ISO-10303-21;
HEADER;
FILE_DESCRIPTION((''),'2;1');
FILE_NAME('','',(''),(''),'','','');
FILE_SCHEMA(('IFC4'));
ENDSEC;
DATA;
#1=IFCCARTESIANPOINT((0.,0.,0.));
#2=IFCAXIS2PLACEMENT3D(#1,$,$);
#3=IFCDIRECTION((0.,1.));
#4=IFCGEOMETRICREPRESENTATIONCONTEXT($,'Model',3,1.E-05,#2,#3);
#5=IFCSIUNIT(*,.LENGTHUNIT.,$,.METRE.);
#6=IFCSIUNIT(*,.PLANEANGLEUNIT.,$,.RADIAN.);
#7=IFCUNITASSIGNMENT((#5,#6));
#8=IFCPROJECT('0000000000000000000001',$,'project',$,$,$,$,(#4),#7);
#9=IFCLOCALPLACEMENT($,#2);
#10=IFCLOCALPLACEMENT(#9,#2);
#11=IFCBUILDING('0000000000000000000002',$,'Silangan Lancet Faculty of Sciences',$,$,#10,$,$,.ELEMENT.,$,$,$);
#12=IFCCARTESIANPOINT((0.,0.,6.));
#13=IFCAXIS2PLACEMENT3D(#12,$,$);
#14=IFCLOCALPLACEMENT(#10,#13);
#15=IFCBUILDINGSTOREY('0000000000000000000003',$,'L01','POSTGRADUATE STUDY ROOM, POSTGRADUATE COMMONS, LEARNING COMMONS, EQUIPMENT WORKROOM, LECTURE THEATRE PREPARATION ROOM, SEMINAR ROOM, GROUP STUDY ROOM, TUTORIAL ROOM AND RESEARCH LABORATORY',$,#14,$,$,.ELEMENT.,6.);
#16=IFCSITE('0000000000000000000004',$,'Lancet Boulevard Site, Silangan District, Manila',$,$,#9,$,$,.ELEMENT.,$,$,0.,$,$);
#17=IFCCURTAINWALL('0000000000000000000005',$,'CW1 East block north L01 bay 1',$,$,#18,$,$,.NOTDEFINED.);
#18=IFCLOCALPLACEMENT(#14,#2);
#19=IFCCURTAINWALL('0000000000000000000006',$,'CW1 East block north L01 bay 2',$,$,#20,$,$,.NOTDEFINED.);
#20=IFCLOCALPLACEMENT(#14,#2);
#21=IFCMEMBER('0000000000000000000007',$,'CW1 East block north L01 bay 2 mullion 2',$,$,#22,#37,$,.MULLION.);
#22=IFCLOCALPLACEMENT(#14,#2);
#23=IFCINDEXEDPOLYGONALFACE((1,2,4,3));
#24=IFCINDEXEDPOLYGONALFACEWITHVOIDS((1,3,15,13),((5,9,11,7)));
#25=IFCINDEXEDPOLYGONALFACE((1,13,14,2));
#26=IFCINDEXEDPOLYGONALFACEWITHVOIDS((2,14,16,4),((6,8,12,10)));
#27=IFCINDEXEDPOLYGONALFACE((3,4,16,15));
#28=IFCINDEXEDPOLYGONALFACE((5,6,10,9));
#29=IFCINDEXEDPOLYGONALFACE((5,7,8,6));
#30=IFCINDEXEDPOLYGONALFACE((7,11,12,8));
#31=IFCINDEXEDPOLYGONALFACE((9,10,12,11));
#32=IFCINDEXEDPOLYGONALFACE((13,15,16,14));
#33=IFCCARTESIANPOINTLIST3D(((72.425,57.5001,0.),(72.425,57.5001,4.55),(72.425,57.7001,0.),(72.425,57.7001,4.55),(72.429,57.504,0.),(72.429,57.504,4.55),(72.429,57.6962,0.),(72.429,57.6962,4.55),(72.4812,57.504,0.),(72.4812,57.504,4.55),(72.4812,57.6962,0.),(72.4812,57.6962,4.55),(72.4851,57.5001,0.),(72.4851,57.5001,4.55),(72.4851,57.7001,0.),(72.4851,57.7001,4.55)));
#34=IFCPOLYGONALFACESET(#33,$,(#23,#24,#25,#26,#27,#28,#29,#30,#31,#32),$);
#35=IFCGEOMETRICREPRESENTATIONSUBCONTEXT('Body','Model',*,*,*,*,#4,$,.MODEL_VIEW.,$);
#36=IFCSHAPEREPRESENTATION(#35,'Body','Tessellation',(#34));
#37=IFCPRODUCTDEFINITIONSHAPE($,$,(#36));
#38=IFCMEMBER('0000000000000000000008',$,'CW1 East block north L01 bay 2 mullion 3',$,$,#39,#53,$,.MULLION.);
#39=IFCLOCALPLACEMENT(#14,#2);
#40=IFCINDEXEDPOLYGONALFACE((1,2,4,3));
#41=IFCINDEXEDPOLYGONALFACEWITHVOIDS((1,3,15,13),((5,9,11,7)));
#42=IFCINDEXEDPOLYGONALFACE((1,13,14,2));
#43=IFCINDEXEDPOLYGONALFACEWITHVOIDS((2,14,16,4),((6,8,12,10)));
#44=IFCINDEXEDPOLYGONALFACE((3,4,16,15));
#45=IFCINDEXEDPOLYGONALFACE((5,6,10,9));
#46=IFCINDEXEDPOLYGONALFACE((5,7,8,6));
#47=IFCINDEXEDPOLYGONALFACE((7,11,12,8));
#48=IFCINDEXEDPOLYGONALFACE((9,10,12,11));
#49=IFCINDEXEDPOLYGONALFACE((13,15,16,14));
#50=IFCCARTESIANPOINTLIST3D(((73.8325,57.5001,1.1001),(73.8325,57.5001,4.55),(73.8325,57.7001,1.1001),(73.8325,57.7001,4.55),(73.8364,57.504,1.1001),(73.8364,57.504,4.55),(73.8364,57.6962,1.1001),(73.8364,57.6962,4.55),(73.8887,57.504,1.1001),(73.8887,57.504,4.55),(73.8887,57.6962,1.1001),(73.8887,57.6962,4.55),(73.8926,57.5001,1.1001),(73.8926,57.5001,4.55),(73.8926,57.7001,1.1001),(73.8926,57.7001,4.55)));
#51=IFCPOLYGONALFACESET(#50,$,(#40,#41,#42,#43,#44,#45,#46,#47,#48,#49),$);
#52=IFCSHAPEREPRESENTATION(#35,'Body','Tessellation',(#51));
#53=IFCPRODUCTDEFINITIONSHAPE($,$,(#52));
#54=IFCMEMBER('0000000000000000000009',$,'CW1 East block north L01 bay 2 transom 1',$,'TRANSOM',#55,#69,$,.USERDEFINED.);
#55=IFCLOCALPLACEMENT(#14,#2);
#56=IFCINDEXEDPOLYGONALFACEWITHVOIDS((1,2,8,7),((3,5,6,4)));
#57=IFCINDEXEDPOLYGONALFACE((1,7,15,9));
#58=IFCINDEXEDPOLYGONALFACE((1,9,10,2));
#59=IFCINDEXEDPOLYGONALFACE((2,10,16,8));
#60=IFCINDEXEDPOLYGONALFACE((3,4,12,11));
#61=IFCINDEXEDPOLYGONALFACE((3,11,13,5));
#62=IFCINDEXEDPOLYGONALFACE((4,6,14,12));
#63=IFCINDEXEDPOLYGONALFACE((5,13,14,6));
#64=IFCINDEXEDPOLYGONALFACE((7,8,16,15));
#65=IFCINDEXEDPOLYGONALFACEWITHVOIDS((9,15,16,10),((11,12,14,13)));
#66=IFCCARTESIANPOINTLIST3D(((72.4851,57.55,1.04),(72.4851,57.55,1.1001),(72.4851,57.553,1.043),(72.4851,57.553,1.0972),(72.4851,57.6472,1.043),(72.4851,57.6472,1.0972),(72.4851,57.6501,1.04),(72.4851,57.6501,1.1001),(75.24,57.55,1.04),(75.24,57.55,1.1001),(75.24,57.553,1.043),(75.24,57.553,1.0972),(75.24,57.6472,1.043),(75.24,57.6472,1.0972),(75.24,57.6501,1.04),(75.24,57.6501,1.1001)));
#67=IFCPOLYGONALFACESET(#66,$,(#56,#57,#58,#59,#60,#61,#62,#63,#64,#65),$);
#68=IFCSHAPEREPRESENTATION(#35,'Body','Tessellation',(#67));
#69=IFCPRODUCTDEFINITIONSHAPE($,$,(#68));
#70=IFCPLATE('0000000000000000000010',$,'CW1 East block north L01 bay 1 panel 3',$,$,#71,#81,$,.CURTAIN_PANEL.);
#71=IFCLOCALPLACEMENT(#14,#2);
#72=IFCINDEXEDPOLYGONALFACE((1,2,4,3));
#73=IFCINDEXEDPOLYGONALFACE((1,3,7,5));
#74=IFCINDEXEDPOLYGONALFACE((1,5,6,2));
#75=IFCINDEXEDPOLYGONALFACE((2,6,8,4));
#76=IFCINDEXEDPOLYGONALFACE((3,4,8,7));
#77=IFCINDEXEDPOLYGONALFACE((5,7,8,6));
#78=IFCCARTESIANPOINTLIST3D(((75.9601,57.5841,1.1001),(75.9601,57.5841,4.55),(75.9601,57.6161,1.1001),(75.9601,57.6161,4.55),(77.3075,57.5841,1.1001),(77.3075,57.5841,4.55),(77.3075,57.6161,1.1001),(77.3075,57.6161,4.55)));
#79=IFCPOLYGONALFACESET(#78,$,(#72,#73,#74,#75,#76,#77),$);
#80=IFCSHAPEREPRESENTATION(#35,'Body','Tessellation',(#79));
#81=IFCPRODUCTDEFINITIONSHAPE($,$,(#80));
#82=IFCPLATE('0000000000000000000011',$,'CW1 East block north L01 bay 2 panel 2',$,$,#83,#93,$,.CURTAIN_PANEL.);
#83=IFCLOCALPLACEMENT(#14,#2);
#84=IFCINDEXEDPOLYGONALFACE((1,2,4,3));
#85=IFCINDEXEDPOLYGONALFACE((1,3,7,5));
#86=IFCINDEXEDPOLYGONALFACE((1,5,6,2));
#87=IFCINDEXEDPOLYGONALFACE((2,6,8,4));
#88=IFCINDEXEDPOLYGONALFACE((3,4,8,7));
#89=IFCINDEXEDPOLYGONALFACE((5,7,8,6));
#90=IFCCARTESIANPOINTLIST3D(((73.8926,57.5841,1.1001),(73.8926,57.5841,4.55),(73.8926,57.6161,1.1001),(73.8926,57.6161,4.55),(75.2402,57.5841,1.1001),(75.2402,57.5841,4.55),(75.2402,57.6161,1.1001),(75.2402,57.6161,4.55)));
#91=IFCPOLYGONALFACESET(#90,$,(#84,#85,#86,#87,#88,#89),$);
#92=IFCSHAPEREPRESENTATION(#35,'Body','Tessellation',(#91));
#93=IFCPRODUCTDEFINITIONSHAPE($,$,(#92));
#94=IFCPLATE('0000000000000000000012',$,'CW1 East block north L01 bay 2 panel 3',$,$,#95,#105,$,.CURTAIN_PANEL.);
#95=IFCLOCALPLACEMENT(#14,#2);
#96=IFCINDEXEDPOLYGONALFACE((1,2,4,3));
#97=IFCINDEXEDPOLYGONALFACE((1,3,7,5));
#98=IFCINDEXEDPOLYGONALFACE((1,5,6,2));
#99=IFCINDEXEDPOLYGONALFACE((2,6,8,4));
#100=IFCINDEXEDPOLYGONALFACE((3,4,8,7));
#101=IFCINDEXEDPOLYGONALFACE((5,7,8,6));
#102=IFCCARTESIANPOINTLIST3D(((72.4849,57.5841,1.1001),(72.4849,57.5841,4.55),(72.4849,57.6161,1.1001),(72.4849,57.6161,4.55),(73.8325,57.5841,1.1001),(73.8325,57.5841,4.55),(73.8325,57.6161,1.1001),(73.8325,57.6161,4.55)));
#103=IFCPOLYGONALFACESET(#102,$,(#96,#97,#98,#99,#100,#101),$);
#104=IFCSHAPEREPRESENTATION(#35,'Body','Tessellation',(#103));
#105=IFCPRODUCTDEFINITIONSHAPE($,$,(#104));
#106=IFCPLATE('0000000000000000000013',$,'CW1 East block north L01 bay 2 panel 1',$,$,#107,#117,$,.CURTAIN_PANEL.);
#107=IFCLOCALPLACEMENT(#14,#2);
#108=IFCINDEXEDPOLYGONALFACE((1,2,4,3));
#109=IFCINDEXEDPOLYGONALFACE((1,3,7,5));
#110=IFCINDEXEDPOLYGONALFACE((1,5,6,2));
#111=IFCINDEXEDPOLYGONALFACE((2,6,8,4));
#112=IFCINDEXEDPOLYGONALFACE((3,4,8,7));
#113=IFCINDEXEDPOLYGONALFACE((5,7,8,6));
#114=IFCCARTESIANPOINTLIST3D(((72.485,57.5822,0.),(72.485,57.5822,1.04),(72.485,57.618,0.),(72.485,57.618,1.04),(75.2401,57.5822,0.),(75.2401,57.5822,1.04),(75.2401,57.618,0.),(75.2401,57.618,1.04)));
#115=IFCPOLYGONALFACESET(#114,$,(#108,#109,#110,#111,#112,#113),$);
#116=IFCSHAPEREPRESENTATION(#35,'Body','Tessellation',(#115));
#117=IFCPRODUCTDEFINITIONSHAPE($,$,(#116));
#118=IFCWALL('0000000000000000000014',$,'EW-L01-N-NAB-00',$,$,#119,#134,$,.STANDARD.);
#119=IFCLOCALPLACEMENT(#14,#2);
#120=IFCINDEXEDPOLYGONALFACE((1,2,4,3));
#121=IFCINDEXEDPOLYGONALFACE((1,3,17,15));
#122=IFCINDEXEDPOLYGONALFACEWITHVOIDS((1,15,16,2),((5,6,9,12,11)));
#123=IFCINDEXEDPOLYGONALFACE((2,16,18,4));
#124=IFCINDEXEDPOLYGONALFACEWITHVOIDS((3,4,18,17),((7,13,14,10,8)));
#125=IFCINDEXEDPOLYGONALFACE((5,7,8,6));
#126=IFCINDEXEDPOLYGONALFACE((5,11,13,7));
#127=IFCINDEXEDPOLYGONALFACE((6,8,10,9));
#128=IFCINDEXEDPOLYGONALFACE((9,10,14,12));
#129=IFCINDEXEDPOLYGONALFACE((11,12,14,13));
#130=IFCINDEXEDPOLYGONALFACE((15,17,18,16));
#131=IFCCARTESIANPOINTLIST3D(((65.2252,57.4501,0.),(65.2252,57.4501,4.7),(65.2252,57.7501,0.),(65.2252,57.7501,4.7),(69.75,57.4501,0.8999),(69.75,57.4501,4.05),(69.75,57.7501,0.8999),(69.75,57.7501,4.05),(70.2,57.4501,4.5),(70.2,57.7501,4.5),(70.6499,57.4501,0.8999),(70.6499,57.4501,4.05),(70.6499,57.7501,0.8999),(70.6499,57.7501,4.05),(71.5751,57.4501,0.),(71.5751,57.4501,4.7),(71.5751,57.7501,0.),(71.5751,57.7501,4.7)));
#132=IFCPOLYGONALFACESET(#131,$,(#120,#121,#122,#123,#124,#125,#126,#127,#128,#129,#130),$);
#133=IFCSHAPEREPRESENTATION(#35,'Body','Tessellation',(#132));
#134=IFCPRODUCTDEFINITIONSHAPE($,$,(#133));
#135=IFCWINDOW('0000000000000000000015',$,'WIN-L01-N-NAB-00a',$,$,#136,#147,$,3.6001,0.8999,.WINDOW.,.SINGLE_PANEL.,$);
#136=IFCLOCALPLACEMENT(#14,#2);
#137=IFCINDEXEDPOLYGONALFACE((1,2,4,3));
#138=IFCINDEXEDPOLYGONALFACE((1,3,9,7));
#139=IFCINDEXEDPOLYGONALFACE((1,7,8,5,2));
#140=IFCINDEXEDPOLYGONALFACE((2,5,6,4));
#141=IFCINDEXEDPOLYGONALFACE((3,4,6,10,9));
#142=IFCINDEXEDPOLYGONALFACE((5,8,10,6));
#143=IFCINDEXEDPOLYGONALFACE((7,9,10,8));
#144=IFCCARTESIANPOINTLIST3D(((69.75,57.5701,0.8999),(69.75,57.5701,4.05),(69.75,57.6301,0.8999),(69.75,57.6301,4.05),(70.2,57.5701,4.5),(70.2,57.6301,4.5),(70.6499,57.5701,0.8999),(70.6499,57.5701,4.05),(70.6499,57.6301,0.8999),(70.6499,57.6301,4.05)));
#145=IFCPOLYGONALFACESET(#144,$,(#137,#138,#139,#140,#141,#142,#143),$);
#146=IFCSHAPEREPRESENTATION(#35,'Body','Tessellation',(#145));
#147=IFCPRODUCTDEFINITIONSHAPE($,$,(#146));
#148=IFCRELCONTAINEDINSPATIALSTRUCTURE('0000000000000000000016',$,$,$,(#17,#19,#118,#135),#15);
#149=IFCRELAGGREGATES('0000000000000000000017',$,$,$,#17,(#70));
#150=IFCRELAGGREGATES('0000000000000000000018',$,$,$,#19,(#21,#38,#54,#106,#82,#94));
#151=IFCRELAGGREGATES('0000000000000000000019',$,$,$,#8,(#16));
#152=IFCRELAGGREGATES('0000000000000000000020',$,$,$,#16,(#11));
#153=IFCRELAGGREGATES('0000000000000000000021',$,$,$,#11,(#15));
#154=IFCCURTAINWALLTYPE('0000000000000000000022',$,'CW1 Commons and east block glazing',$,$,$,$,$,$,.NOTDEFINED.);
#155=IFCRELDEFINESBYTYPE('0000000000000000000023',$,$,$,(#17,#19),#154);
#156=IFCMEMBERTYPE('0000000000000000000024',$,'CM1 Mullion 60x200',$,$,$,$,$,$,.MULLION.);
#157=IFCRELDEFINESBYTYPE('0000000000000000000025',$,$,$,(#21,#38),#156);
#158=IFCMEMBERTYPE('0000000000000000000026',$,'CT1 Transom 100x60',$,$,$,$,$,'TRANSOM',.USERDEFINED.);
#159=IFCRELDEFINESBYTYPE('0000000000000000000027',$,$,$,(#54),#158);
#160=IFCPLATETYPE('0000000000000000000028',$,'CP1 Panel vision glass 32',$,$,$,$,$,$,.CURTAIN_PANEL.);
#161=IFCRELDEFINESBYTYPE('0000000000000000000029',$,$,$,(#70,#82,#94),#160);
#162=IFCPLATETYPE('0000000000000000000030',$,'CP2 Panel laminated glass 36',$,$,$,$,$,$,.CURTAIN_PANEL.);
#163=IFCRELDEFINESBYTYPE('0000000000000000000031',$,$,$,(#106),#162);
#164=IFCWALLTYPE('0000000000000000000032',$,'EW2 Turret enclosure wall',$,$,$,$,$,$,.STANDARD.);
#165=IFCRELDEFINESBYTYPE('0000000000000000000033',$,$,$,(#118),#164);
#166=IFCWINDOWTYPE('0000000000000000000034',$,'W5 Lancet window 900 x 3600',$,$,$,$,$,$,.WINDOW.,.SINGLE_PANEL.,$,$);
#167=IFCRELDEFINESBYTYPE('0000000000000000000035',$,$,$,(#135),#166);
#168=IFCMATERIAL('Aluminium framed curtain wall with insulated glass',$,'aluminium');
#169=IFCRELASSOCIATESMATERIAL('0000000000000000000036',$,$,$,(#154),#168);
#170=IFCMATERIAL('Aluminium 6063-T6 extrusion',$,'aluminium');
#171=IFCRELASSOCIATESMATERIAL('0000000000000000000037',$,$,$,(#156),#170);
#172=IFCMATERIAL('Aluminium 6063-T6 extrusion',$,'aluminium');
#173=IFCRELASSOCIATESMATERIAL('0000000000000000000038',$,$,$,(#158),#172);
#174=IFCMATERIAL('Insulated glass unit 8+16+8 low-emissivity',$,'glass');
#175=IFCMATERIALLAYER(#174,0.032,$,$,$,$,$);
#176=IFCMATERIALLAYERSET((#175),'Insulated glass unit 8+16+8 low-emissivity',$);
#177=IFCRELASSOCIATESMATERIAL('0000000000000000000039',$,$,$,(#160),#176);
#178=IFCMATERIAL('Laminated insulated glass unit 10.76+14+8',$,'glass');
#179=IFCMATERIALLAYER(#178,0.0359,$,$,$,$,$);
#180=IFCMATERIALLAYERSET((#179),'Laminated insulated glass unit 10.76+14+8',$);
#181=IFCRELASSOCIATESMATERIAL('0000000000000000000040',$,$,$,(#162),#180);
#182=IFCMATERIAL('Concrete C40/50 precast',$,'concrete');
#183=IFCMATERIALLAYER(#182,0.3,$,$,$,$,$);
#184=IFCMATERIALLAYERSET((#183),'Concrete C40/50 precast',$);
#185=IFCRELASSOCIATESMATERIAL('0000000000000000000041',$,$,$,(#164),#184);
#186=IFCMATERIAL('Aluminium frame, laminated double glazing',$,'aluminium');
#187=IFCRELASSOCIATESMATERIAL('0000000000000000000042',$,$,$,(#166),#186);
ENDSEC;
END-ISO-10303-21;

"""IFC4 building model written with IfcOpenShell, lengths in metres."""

from ifc_helpers import new_model, si_unit, direction, frame, frame_2d, origin, origin_2d, place, context, subcontext, project, spatial, polyline, rectangle, hollow_rectangle, outline, extrude, material, layer, layer_set, material_profile, profile_set, type_object, element, fill, aggregate, save


model = new_model("IFC4")

# Units and contexts
model_context = context("Model", 3, precision=1e-05, world=origin(), true_north=direction((0.0, 1.0)))
body_context = subcontext(model_context, "Body", "Model", "MODEL_VIEW")
ifc_project = project(units=[si_unit("LENGTHUNIT", "METRE"), si_unit("PLANEANGLEUNIT", "RADIAN")], contexts=[model_context])

# Site, building, storey
site_placement = place(None, origin())
site = spatial("IfcSite", under=ifc_project, at=site_placement, Name="Lancet Boulevard Site, Silangan District, Manila", CompositionType="ELEMENT", RefElevation=0.0)
building_placement = place(site_placement, origin())
building = spatial("IfcBuilding", under=site, at=building_placement, Name="Silangan Lancet Faculty of Sciences", CompositionType="ELEMENT")
storey_placement = place(building_placement, frame((0.0, 0.0, 6.0)))
storey = spatial("IfcBuildingStorey", under=building, at=storey_placement, Name="L01", Description="POSTGRADUATE STUDY ROOM, POSTGRADUATE COMMONS, LEARNING COMMONS, EQUIPMENT WORKROOM, LECTURE THEATRE PREPARATION ROOM, SEMINAR ROOM, GROUP STUDY ROOM, TUTORIAL ROOM AND RESEARCH LABORATORY", CompositionType="ELEMENT", Elevation=6.0)

# Curtain wall
ifc_material_1 = material(Name="Aluminium framed curtain wall with insulated glass", Category="aluminium")
curtain_wall_type = type_object("IfcCurtainWallType", Name="CW1 Commons and east block glazing", PredefinedType="NOTDEFINED", material=ifc_material_1)
curtain_wall_1_placement = place(storey_placement, origin())
curtain_wall_1 = element("IfcCurtainWall", 1, at=curtain_wall_1_placement, inside=storey, type_object=curtain_wall_type, Name="CW1 East block north L01 bay 1", PredefinedType="NOTDEFINED")
ifc_material_2 = material(Name="Aluminium 6063-T6 extrusion", Category="aluminium")
ifc_material_profile_1 = material_profile(ifc_material_2, hollow_rectangle(XDim=0.0601, YDim=0.2, WallThickness=0.0039, at=origin_2d()), Name="AL BOX 60x200x4")
ifc_profile_set_1 = profile_set([ifc_material_profile_1], Name="Aluminium 6063-T6 extrusion")
member_type_1 = type_object("IfcMemberType", Name="CM1 Mullion 60x200", PredefinedType="MULLION", material=ifc_profile_set_1)

# Curtain wall, members
curtain_wall_2_placement = place(storey_placement, origin())
curtain_wall_2 = element("IfcCurtainWall", 2, at=curtain_wall_2_placement, inside=storey, type_object=curtain_wall_type, Name="CW1 East block north L01 bay 2", PredefinedType="NOTDEFINED")
member_1_placement = place(storey_placement, frame((72.4551, 57.6001, 0.0), z_axis=(0.0, 0.0, 1.0), x_axis=(-1.0, 0.0, 0.0)))
member_1 = element("IfcMember", 3, at=member_1_placement, type_object=member_type_1, Name="CW1 East block north L01 bay 2 mullion 2", PredefinedType="MULLION", context=body_context, shape_type="SweptSolid", body=[
    extrude(hollow_rectangle(XDim=0.0601, YDim=0.2, WallThickness=0.0039, at=origin_2d()), origin(), (0.0, 0.0, 1.0), 4.55),
])
member_2_placement = place(storey_placement, frame((73.8625, 57.6001, 1.1001), z_axis=(0.0, 0.0, 1.0), x_axis=(-1.0, 0.0, 0.0)))
member_2 = element("IfcMember", 4, at=member_2_placement, type_object=member_type_1, Name="CW1 East block north L01 bay 2 mullion 3", PredefinedType="MULLION", context=body_context, shape_type="SweptSolid", body=[
    extrude(hollow_rectangle(XDim=0.0601, YDim=0.2, WallThickness=0.0039, at=origin_2d()), origin(), (0.0, 0.0, 1.0), 3.45),
])
ifc_material_3 = material(Name="Aluminium 6063-T6 extrusion", Category="aluminium")
ifc_material_profile_2 = material_profile(ifc_material_3, hollow_rectangle(XDim=0.1001, YDim=0.0601, WallThickness=0.0029, at=origin_2d()), Name="AL BOX 100x60x3")
ifc_profile_set_2 = profile_set([ifc_material_profile_2], Name="Aluminium 6063-T6 extrusion")
member_type_2 = type_object("IfcMemberType", Name="CT1 Transom 100x60", ElementType="TRANSOM", PredefinedType="USERDEFINED", material=ifc_profile_set_2)
member_3_placement = place(storey_placement, frame((75.24, 57.6001, 1.0701), z_axis=(-1.0, 0.0, 0.0), x_axis=(0.0, -1.0, 0.0)))
member_3 = element("IfcMember", 5, at=member_3_placement, type_object=member_type_2, Name="CW1 East block north L01 bay 2 transom 1", ObjectType="TRANSOM", PredefinedType="USERDEFINED", context=body_context, shape_type="SweptSolid", body=[
    extrude(hollow_rectangle(XDim=0.1001, YDim=0.0601, WallThickness=0.0029, at=origin_2d()), origin(), (0.0, 0.0, 1.0), 2.7549),
])

# Plates
ifc_material_4 = material(Name="Insulated glass unit 8+16+8 low-emissivity", Category="glass")
ifc_layer_1 = layer(ifc_material_4, 0.032)
ifc_layer_set_1 = layer_set([ifc_layer_1], Name="Insulated glass unit 8+16+8 low-emissivity")
plate_type_1 = type_object("IfcPlateType", Name="CP1 Panel vision glass 32", PredefinedType="CURTAIN_PANEL", material=ifc_layer_set_1)
plate_1_placement = place(storey_placement, frame((76.6338, 57.6001, 1.1001), z_axis=(0.0, 0.0, 1.0), x_axis=(-1.0, 0.0, 0.0)))
plate_1 = element("IfcPlate", 6, at=plate_1_placement, type_object=plate_type_1, Name="CW1 East block north L01 bay 1 panel 3", PredefinedType="CURTAIN_PANEL", context=body_context, shape_type="SweptSolid", body=[
    extrude(rectangle(XDim=1.3474, YDim=0.032, at=origin_2d()), origin(), (0.0, 0.0, 1.0), 3.45),
])
aggregate(curtain_wall_1, [plate_1])
plate_2_placement = place(storey_placement, frame((74.5664, 57.6001, 1.1001), z_axis=(0.0, 0.0, 1.0), x_axis=(-1.0, 0.0, 0.0)))
plate_2 = element("IfcPlate", 7, at=plate_2_placement, type_object=plate_type_1, Name="CW1 East block north L01 bay 2 panel 2", PredefinedType="CURTAIN_PANEL", context=body_context, shape_type="SweptSolid", body=[
    extrude(rectangle(XDim=1.3477, YDim=0.032, at=origin_2d()), origin(), (0.0, 0.0, 1.0), 3.45),
])
plate_3_placement = place(storey_placement, frame((73.1587, 57.6001, 1.1001), z_axis=(0.0, 0.0, 1.0), x_axis=(-1.0, 0.0, 0.0)))
plate_3 = element("IfcPlate", 8, at=plate_3_placement, type_object=plate_type_1, Name="CW1 East block north L01 bay 2 panel 3", PredefinedType="CURTAIN_PANEL", context=body_context, shape_type="SweptSolid", body=[
    extrude(rectangle(XDim=1.3477, YDim=0.032, at=origin_2d()), origin(), (0.0, 0.0, 1.0), 3.45),
])
ifc_material_5 = material(Name="Laminated insulated glass unit 10.76+14+8", Category="glass")
ifc_layer_2 = layer(ifc_material_5, 0.0359)
ifc_layer_set_2 = layer_set([ifc_layer_2], Name="Laminated insulated glass unit 10.76+14+8")
plate_type_2 = type_object("IfcPlateType", Name="CP2 Panel laminated glass 36", PredefinedType="CURTAIN_PANEL", material=ifc_layer_set_2)
plate_4_placement = place(storey_placement, frame((73.8625, 57.6001, 0.0), z_axis=(0.0, 0.0, 1.0), x_axis=(-1.0, 0.0, 0.0)))
plate_4 = element("IfcPlate", 9, at=plate_4_placement, type_object=plate_type_2, Name="CW1 East block north L01 bay 2 panel 1", PredefinedType="CURTAIN_PANEL", context=body_context, shape_type="SweptSolid", body=[
    extrude(rectangle(XDim=2.7551, YDim=0.0359, at=origin_2d()), origin(), (0.0, 0.0, 1.0), 1.04),
])
aggregate(curtain_wall_2, [member_1, member_2, member_3, plate_4, plate_2, plate_3])

# Wall, opening, window
ifc_material_6 = material(Name="Concrete C40/50 precast", Category="concrete")
ifc_layer_3 = layer(ifc_material_6, 0.3)
ifc_layer_set_3 = layer_set([ifc_layer_3], Name="Concrete C40/50 precast")
wall_type_1 = type_object("IfcWallType", Name="EW2 Turret enclosure wall", PredefinedType="STANDARD", material=ifc_layer_set_3)
wall_1_placement = place(storey_placement, frame((71.575, 57.6001, 0.0), z_axis=(0.0, 0.0, 1.0), x_axis=(-1.0, 0.0, 0.0)))
wall_1 = element("IfcWall", 10, at=wall_1_placement, inside=storey, type_object=wall_type_1, Name="EW-L01-N-NAB-00", PredefinedType="STANDARD", context=body_context, shape_type="SweptSolid", body=[
    extrude(rectangle(XDim=6.3499, YDim=0.3, at=frame_2d((3.1748, 0.0))), origin(), (0.0, 0.0, 1.0), 4.7),
])
opening_1_placement = place(wall_1_placement, frame((0.925, 0.0, 0.8999)))
opening_1 = element("IfcOpeningElement", 11, at=opening_1_placement, cuts=wall_1, PredefinedType="OPENING", context=body_context, shape_type="SweptSolid", body=[
    extrude(outline(polyline([(0.0, 0.0), (0.8999, 0.0), (0.8999, 3.1501), (0.45, 3.6001), (0.0, 3.1501), (0.0, 0.0)])), frame((0.0, 0.1599, 0.0), z_axis=(0.0, -1.0, 0.0), x_axis=(1.0, 0.0, 0.0)), (0.0, 0.0, 1.0), 0.3201),
])
ifc_material_7 = material(Name="Aluminium frame, laminated double glazing", Category="aluminium")
window_type_1 = type_object("IfcWindowType", Name="W5 Lancet window 900 x 3600", PartitioningType="SINGLE_PANEL", PredefinedType="WINDOW", material=ifc_material_7)
window_1_placement = place(opening_1_placement, origin())
window_1 = element("IfcWindow", 12, at=window_1_placement, inside=storey, type_object=window_type_1, Name="WIN-L01-N-NAB-00a", OverallHeight=3.6001, OverallWidth=0.8999, PartitioningType="SINGLE_PANEL", PredefinedType="WINDOW", context=body_context, shape_type="SweptSolid", body=[
    extrude(outline(polyline([(0.0, 0.0), (0.8999, 0.0), (0.8999, 3.1501), (0.45, 3.6001), (0.0, 3.1501), (0.0, 0.0)])), frame((0.0, 0.03, 0.0), z_axis=(0.0, -1.0, 0.0), x_axis=(1.0, 0.0, 0.0)), (0.0, 0.0, 1.0), 0.0601),
])
fill(opening_1, window_1)

save(model, "model.ifc")
